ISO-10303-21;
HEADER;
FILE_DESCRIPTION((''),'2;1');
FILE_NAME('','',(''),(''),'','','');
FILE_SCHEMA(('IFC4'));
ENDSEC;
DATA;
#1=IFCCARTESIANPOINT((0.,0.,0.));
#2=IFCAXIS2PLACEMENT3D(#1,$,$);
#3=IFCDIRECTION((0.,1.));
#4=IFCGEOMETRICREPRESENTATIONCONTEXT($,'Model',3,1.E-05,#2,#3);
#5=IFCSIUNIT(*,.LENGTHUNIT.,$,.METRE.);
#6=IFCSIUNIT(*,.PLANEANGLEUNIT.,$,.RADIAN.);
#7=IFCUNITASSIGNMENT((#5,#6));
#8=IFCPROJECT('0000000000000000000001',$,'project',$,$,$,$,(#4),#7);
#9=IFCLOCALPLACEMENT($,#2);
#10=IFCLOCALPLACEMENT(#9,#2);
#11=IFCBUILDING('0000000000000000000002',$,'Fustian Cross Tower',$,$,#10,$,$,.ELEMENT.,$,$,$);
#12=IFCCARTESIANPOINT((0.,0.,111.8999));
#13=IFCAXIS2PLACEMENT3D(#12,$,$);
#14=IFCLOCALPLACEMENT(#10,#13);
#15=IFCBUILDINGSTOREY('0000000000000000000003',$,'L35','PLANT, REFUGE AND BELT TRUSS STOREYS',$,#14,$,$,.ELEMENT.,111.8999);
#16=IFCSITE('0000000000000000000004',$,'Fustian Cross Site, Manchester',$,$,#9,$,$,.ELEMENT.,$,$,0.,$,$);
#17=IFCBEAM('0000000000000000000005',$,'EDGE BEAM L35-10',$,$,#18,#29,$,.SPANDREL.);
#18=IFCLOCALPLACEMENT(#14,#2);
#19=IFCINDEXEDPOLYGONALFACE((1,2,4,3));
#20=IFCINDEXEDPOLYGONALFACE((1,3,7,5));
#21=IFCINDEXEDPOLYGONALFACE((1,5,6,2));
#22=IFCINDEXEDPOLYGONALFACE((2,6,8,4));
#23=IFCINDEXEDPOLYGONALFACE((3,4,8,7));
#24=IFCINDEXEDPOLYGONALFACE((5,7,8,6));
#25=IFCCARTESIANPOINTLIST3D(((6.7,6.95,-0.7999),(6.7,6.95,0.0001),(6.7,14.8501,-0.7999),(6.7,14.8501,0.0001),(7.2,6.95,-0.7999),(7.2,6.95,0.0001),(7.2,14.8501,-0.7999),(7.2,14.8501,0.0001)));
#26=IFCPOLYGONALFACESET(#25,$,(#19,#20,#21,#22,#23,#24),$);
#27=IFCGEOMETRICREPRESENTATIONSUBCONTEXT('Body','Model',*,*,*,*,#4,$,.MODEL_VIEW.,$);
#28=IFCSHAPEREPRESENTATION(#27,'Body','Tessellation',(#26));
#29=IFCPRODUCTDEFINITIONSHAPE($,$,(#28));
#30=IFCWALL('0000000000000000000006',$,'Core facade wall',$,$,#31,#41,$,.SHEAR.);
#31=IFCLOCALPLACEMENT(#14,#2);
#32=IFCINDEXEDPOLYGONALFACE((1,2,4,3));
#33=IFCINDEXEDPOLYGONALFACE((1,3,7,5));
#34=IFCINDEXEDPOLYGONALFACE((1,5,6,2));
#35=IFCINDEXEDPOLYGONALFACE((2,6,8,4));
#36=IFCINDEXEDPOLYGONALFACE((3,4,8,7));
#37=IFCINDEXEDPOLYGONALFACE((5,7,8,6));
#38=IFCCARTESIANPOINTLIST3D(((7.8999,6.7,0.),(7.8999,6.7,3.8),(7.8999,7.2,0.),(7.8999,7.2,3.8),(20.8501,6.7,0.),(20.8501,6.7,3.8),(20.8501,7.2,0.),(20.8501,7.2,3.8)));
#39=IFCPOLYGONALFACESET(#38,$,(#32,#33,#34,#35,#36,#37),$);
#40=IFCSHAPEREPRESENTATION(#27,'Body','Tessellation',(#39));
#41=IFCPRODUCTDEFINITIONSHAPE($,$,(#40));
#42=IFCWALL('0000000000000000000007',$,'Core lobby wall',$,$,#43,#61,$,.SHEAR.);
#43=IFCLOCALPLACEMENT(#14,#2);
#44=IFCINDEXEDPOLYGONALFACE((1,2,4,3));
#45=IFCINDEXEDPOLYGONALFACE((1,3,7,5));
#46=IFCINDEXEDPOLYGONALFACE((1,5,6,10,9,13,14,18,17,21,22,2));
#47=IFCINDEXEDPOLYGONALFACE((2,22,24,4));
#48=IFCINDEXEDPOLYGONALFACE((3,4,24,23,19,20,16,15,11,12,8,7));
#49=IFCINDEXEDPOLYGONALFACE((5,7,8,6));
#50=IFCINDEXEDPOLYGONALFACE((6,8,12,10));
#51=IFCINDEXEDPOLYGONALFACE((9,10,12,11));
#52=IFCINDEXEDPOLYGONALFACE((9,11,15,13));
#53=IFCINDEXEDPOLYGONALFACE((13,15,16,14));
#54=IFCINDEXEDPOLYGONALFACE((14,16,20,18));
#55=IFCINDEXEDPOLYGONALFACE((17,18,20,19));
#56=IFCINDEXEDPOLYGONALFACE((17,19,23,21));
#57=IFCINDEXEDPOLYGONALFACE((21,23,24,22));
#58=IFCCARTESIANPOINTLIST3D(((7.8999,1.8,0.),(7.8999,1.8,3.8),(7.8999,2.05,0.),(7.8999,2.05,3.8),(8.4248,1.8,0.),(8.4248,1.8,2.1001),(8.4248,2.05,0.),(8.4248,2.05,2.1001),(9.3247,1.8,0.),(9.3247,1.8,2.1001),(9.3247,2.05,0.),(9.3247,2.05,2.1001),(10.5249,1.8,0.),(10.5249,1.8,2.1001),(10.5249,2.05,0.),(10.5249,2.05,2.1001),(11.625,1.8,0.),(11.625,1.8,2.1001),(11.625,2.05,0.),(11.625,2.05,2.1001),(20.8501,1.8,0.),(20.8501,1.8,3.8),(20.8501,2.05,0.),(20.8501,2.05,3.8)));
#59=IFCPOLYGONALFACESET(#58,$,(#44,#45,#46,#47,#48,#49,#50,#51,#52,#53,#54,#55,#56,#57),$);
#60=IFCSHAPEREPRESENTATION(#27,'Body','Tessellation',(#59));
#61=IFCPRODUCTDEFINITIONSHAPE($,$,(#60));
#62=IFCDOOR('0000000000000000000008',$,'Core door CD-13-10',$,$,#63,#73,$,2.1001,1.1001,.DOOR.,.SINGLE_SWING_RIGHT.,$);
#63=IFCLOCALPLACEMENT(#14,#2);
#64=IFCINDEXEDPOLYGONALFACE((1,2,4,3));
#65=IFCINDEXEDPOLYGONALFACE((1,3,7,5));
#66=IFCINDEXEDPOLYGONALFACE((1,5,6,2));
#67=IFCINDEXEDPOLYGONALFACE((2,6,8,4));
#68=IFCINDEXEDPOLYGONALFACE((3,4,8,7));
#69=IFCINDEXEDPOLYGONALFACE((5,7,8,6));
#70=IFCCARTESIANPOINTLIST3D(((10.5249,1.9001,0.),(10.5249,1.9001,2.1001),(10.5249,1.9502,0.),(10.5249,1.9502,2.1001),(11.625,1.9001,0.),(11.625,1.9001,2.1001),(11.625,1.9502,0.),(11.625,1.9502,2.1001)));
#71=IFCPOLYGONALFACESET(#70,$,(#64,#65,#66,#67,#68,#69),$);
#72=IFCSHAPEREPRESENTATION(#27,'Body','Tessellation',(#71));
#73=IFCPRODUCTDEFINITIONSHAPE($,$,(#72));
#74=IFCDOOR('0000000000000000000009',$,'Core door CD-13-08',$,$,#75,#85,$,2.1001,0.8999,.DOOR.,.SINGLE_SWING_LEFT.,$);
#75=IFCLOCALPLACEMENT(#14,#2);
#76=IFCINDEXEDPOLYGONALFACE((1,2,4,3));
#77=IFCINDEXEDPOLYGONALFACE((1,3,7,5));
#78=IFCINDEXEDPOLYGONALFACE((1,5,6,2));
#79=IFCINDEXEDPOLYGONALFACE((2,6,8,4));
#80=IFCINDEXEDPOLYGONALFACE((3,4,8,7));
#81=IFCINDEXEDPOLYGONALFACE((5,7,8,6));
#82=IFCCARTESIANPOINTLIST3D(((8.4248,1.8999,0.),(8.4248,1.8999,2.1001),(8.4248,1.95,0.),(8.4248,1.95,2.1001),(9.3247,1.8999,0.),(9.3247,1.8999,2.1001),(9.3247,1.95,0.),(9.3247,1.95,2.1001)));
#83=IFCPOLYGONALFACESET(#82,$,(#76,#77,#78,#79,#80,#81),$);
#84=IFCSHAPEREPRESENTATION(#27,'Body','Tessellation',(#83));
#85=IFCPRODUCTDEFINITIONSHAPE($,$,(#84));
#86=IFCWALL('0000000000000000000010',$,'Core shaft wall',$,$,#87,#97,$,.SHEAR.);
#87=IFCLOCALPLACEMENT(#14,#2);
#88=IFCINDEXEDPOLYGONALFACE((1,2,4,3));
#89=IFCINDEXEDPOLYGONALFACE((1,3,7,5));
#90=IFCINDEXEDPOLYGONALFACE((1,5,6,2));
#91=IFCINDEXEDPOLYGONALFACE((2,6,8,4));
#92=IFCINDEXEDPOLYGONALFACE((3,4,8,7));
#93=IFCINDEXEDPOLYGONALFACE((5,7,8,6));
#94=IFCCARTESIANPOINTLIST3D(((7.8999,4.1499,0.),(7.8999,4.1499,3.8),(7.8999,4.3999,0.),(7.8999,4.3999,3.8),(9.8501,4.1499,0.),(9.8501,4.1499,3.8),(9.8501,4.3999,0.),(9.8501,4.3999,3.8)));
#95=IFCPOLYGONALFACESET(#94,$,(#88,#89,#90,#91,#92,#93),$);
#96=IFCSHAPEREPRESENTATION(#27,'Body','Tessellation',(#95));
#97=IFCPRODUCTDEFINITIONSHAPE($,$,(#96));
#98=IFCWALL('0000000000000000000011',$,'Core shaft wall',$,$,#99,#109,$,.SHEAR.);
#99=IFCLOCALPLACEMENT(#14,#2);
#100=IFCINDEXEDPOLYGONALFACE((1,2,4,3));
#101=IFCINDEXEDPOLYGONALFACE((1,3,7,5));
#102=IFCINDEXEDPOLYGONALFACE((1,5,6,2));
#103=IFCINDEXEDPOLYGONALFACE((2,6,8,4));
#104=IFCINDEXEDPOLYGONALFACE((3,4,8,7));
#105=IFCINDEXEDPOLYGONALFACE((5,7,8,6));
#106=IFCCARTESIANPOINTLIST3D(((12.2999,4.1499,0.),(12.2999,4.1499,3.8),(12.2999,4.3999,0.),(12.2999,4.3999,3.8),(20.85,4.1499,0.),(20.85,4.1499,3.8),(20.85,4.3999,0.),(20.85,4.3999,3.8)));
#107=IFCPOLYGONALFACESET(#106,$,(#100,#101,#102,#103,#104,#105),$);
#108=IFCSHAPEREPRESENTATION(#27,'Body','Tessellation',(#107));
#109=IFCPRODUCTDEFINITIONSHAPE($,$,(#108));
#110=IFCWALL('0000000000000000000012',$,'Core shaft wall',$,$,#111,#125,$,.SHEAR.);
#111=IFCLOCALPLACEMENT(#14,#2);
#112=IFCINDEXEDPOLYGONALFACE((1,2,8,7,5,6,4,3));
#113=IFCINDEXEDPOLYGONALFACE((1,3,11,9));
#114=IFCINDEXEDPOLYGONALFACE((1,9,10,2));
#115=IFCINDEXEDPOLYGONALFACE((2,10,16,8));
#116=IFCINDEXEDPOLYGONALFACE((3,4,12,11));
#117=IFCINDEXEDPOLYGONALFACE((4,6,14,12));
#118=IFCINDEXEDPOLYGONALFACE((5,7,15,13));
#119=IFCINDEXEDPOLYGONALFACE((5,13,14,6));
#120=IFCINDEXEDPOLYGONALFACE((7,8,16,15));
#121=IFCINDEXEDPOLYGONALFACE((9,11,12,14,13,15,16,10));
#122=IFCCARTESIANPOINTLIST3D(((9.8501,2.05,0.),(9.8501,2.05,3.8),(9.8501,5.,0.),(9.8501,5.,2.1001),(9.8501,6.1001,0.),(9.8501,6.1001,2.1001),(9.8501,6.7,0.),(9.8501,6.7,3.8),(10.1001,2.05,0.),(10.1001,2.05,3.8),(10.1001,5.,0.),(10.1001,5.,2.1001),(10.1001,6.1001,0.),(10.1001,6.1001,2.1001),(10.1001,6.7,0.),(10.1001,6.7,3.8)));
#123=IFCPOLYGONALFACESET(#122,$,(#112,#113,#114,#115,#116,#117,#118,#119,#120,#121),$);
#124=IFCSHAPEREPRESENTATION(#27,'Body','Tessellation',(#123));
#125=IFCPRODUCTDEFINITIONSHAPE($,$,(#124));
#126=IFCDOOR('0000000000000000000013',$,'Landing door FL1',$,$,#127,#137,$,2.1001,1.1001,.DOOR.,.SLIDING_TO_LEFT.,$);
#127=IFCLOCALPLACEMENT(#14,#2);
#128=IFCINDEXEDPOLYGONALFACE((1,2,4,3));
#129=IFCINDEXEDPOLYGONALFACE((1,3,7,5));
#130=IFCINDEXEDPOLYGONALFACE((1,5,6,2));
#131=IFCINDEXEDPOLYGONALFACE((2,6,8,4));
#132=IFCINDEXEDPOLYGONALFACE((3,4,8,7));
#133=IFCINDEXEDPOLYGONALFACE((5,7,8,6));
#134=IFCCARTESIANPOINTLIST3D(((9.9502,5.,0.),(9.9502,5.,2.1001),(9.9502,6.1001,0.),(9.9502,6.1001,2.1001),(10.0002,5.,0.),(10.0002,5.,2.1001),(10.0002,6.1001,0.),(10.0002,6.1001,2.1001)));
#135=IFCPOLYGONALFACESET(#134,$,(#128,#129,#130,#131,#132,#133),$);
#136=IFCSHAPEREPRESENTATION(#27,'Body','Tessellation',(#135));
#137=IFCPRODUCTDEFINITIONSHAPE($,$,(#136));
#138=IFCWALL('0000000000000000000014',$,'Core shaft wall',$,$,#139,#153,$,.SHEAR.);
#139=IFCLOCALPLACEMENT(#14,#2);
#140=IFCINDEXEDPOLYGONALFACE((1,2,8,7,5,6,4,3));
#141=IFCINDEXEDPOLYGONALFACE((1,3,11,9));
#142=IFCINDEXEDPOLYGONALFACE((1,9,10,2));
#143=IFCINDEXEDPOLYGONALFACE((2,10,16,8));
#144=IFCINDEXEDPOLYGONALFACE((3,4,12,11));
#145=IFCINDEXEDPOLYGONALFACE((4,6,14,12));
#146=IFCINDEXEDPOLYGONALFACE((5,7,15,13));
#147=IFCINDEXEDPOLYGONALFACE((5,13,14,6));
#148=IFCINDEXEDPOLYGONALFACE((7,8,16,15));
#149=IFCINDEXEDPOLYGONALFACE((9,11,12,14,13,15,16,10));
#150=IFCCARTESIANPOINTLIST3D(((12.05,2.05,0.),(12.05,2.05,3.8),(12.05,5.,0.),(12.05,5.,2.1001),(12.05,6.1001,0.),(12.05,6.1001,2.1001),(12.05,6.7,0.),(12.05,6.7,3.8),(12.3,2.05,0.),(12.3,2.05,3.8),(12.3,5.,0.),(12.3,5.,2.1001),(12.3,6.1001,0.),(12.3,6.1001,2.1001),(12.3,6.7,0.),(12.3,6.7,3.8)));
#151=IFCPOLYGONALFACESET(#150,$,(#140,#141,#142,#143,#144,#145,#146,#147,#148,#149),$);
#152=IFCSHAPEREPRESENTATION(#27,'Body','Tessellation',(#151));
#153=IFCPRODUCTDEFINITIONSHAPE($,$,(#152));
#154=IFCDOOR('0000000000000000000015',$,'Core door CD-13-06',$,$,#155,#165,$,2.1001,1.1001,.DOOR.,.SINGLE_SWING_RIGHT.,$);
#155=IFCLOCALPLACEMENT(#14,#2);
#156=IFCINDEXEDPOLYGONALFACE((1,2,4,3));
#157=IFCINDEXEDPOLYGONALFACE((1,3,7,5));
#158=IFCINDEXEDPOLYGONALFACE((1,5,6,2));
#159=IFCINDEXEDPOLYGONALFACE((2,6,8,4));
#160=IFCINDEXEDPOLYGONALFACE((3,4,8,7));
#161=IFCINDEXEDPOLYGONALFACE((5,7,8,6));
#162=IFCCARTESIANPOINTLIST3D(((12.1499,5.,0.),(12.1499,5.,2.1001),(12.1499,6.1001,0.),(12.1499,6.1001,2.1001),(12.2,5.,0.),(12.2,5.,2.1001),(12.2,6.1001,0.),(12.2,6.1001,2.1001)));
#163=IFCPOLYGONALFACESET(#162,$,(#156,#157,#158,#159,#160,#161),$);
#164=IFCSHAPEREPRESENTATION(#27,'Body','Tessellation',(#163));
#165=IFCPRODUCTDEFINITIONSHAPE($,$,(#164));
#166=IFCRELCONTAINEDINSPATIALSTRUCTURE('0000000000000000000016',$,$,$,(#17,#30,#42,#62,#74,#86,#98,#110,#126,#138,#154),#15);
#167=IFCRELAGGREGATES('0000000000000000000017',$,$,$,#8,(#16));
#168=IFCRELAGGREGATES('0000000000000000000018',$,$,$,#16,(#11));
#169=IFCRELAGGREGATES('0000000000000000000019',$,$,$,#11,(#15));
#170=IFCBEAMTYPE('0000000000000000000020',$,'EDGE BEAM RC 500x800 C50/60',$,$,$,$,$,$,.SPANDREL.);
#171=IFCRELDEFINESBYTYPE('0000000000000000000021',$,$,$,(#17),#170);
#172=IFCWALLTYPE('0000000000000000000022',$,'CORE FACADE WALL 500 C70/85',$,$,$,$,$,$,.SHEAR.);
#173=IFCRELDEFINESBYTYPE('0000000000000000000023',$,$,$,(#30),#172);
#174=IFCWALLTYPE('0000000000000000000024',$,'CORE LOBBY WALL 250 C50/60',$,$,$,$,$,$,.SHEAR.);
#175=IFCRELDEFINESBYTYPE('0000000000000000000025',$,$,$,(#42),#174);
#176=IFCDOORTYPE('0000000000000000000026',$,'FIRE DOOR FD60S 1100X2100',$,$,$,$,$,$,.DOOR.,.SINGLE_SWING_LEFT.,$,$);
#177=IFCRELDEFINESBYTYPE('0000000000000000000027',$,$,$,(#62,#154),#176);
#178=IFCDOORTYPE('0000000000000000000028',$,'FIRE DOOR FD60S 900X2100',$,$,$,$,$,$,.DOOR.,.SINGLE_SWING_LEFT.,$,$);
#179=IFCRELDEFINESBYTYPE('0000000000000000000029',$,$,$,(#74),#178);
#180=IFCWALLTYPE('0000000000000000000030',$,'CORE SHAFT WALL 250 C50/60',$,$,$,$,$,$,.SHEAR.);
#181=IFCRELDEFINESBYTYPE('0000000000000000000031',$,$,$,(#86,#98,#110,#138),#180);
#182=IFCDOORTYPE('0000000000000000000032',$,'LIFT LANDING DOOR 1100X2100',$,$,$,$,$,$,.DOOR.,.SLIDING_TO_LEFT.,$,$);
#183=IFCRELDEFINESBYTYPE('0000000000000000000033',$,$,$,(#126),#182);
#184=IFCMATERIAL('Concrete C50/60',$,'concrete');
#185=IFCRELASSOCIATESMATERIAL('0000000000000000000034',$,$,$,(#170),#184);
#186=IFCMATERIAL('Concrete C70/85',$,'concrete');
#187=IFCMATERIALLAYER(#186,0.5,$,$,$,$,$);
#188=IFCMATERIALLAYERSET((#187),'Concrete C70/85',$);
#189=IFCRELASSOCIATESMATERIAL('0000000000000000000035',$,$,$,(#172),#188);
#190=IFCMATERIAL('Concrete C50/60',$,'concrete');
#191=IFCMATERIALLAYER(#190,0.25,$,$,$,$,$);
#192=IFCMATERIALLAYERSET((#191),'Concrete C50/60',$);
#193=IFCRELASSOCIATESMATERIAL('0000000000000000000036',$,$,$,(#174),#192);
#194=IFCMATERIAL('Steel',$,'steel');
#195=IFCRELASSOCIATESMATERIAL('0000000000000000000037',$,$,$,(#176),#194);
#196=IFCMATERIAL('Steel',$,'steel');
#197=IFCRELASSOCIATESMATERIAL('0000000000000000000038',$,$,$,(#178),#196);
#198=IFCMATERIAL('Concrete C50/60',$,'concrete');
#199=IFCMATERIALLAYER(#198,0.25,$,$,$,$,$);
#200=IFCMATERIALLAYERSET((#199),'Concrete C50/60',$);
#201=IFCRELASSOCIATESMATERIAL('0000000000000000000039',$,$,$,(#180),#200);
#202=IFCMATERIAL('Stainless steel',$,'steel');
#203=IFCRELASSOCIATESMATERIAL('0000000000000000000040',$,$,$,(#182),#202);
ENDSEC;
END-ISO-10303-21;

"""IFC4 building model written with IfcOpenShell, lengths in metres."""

from ifc_helpers import new_model, si_unit, direction, frame, frame_2d, origin, origin_2d, place, context, subcontext, project, spatial, rectangle, extrude, material, layer, layer_set, material_profile, profile_set, type_object, element, fill, save


model = new_model("IFC4")

# Units and contexts
model_context = context("Model", 3, precision=1e-05, world=origin(), true_north=direction((0.0, 1.0)))
body_context = subcontext(model_context, "Body", "Model", "MODEL_VIEW")
ifc_project = project(units=[si_unit("LENGTHUNIT", "METRE"), si_unit("PLANEANGLEUNIT", "RADIAN")], contexts=[model_context])

# Site, building, storey
site_placement = place(None, origin())
site = spatial("IfcSite", under=ifc_project, at=site_placement, Name="Fustian Cross Site, Manchester", CompositionType="ELEMENT", RefElevation=0.0)
building_placement = place(site_placement, origin())
building = spatial("IfcBuilding", under=site, at=building_placement, Name="Fustian Cross Tower", CompositionType="ELEMENT")
storey_placement = place(building_placement, frame((0.0, 0.0, 111.8999)))
storey = spatial("IfcBuildingStorey", under=building, at=storey_placement, Name="L35", Description="PLANT, REFUGE AND BELT TRUSS STOREYS", CompositionType="ELEMENT", Elevation=111.8999)

# Beam
ifc_material_1 = material(Name="Concrete C50/60", Category="concrete")
ifc_material_profile_1 = material_profile(ifc_material_1, rectangle(XDim=0.5, YDim=0.8, at=origin_2d()), Name="RC 500x800")
ifc_profile_set_1 = profile_set([ifc_material_profile_1], Name="Concrete C50/60")
beam_type = type_object("IfcBeamType", Name="EDGE BEAM RC 500x800 C50/60", PredefinedType="SPANDREL", material=ifc_profile_set_1)
beam_placement = place(storey_placement, frame((6.95, 6.95, -0.3999), z_axis=(0.0, 1.0, 0.0), x_axis=(-1.0, 0.0, 0.0)))
element("IfcBeam", 1, at=beam_placement, inside=storey, type_object=beam_type, Name="EDGE BEAM L35-10", PredefinedType="SPANDREL", context=body_context, shape_type="SweptSolid", body=[
    extrude(rectangle(XDim=0.5, YDim=0.8, at=origin_2d()), origin(), (0.0, 0.0, 1.0), 7.9001),
])

# Wall
ifc_material_2 = material(Name="Concrete C70/85", Category="concrete")
ifc_layer_1 = layer(ifc_material_2, 0.5)
ifc_layer_set_1 = layer_set([ifc_layer_1], Name="Concrete C70/85")
wall_type_1 = type_object("IfcWallType", Name="CORE FACADE WALL 500 C70/85", PredefinedType="SHEAR", material=ifc_layer_set_1)
wall_1_placement = place(storey_placement, frame((7.8999, 6.95, 0.0), z_axis=(0.0, 0.0, 1.0), x_axis=(1.0, 0.0, 0.0)))
element("IfcWall", 2, at=wall_1_placement, inside=storey, type_object=wall_type_1, Name="Core facade wall", PredefinedType="SHEAR", context=body_context, shape_type="SweptSolid", body=[
    extrude(rectangle(XDim=12.9502, YDim=0.5, at=frame_2d((6.4751, 0.0))), origin(), (0.0, 0.0, 1.0), 3.8),
])

# Wall, openings, doors
ifc_material_3 = material(Name="Concrete C50/60", Category="concrete")
ifc_layer_2 = layer(ifc_material_3, 0.25)
ifc_layer_set_2 = layer_set([ifc_layer_2], Name="Concrete C50/60")
wall_type_2 = type_object("IfcWallType", Name="CORE LOBBY WALL 250 C50/60", PredefinedType="SHEAR", material=ifc_layer_set_2)
wall_2_placement = place(storey_placement, frame((7.8999, 1.925, 0.0), z_axis=(0.0, 0.0, 1.0), x_axis=(1.0, 0.0, 0.0)))
wall_2 = element("IfcWall", 3, at=wall_2_placement, inside=storey, type_object=wall_type_2, Name="Core lobby wall", PredefinedType="SHEAR", context=body_context, shape_type="SweptSolid", body=[
    extrude(rectangle(XDim=12.9502, YDim=0.25, at=frame_2d((6.4751, 0.0))), origin(), (0.0, 0.0, 1.0), 3.8),
])
opening_1_placement = place(wall_2_placement, frame((0.5249, 0.0, 0.0)))
opening_1 = element("IfcOpeningElement", 4, at=opening_1_placement, cuts=wall_2, PredefinedType="OPENING", context=body_context, shape_type="SweptSolid", body=[
    extrude(rectangle(XDim=0.8999, YDim=2.1001, at=frame_2d((0.45, 1.05))), frame((0.0, 0.135, 0.0), z_axis=(0.0, -1.0, 0.0), x_axis=(1.0, 0.0, 0.0)), (0.0, 0.0, 1.0), 0.27),
])
opening_2_placement = place(wall_2_placement, frame((2.625, 0.0, 0.0)))
opening_2 = element("IfcOpeningElement", 5, at=opening_2_placement, cuts=wall_2, PredefinedType="OPENING", context=body_context, shape_type="SweptSolid", body=[
    extrude(rectangle(XDim=1.1001, YDim=2.1001, at=frame_2d((0.55, 1.05))), frame((0.0, 0.135, 0.0), z_axis=(0.0, -1.0, 0.0), x_axis=(1.0, 0.0, 0.0)), (0.0, 0.0, 1.0), 0.27),
])
ifc_material_4 = material(Name="Steel", Category="steel")
door_type_1 = type_object("IfcDoorType", Name="FIRE DOOR FD60S 1100X2100", OperationType="SINGLE_SWING_LEFT", PredefinedType="DOOR", material=ifc_material_4)
door_1_placement = place(opening_2_placement, frame((1.1001, 0.0, 0.0), z_axis=(0.0, 0.0, 1.0), x_axis=(-1.0, 0.0, 0.0)))
door_1 = element("IfcDoor", 6, at=door_1_placement, inside=storey, type_object=door_type_1, Name="Core door CD-13-10", OperationType="SINGLE_SWING_RIGHT", OverallHeight=2.1001, OverallWidth=1.1001, PredefinedType="DOOR", context=body_context, shape_type="SweptSolid", body=[
    extrude(rectangle(XDim=1.1001, YDim=2.1001, at=frame_2d((0.55, 1.05))), frame((0.0, 0.0249, 0.0), z_axis=(0.0, -1.0, 0.0), x_axis=(1.0, 0.0, 0.0)), (0.0, 0.0, 1.0), 0.05),
])
fill(opening_2, door_1)
ifc_material_5 = material(Name="Steel", Category="steel")
door_type_2 = type_object("IfcDoorType", Name="FIRE DOOR FD60S 900X2100", OperationType="SINGLE_SWING_LEFT", PredefinedType="DOOR", material=ifc_material_5)
door_2_placement = place(opening_1_placement, origin())
door_2 = element("IfcDoor", 7, at=door_2_placement, inside=storey, type_object=door_type_2, Name="Core door CD-13-08", OperationType="SINGLE_SWING_LEFT", OverallHeight=2.1001, OverallWidth=0.8999, PredefinedType="DOOR", context=body_context, shape_type="SweptSolid", body=[
    extrude(rectangle(XDim=0.8999, YDim=2.1001, at=frame_2d((0.45, 1.05))), frame((0.0, 0.0249, 0.0), z_axis=(0.0, -1.0, 0.0), x_axis=(1.0, 0.0, 0.0)), (0.0, 0.0, 1.0), 0.05),
])
fill(opening_1, door_2)

# Walls
ifc_material_6 = material(Name="Concrete C50/60", Category="concrete")
ifc_layer_3 = layer(ifc_material_6, 0.25)
ifc_layer_set_3 = layer_set([ifc_layer_3], Name="Concrete C50/60")
wall_type_3 = type_object("IfcWallType", Name="CORE SHAFT WALL 250 C50/60", PredefinedType="SHEAR", material=ifc_layer_set_3)
wall_3_placement = place(storey_placement, frame((7.8999, 4.2749, 0.0), z_axis=(0.0, 0.0, 1.0), x_axis=(1.0, 0.0, 0.0)))
element("IfcWall", 8, at=wall_3_placement, inside=storey, type_object=wall_type_3, Name="Core shaft wall", PredefinedType="SHEAR", context=body_context, shape_type="SweptSolid", body=[
    extrude(rectangle(XDim=1.9502, YDim=0.25, at=frame_2d((0.9751, 0.0))), origin(), (0.0, 0.0, 1.0), 3.8),
])
wall_4_placement = place(storey_placement, frame((12.3, 4.2749, 0.0), z_axis=(0.0, 0.0, 1.0), x_axis=(1.0, 0.0, 0.0)))
element("IfcWall", 9, at=wall_4_placement, inside=storey, type_object=wall_type_3, Name="Core shaft wall", PredefinedType="SHEAR", context=body_context, shape_type="SweptSolid", body=[
    extrude(rectangle(XDim=8.55, YDim=0.25, at=frame_2d((4.2749, 0.0))), origin(), (0.0, 0.0, 1.0), 3.8),
])

# Walls, openings, doors
wall_5_placement = place(storey_placement, frame((9.9751, 2.05, 0.0), z_axis=(0.0, 0.0, 1.0), x_axis=(0.0, 1.0, 0.0)))
wall_5 = element("IfcWall", 10, at=wall_5_placement, inside=storey, type_object=wall_type_3, Name="Core shaft wall", PredefinedType="SHEAR", context=body_context, shape_type="SweptSolid", body=[
    extrude(rectangle(XDim=4.6499, YDim=0.25, at=frame_2d((2.325, 0.0))), origin(), (0.0, 0.0, 1.0), 3.8),
])
opening_3_placement = place(wall_5_placement, frame((2.95, 0.0, 0.0)))
opening_3 = element("IfcOpeningElement", 11, at=opening_3_placement, cuts=wall_5, PredefinedType="OPENING", context=body_context, shape_type="SweptSolid", body=[
    extrude(rectangle(XDim=1.1001, YDim=2.1001, at=frame_2d((0.55, 1.05))), frame((0.0, 0.135, 0.0), z_axis=(0.0, -1.0, 0.0), x_axis=(1.0, 0.0, 0.0)), (0.0, 0.0, 1.0), 0.27),
])
ifc_material_7 = material(Name="Stainless steel", Category="steel")
door_type_3 = type_object("IfcDoorType", Name="LIFT LANDING DOOR 1100X2100", OperationType="SLIDING_TO_LEFT", PredefinedType="DOOR", material=ifc_material_7)
door_3_placement = place(opening_3_placement, origin())
door_3 = element("IfcDoor", 12, at=door_3_placement, inside=storey, type_object=door_type_3, Name="Landing door FL1", OperationType="SLIDING_TO_LEFT", OverallHeight=2.1001, OverallWidth=1.1001, PredefinedType="DOOR", context=body_context, shape_type="SweptSolid", body=[
    extrude(rectangle(XDim=1.1001, YDim=2.1001, at=frame_2d((0.55, 1.05))), frame((0.0, 0.0249, 0.0), z_axis=(0.0, -1.0, 0.0), x_axis=(1.0, 0.0, 0.0)), (0.0, 0.0, 1.0), 0.05),
])
fill(opening_3, door_3)
wall_6_placement = place(storey_placement, frame((12.175, 2.05, 0.0), z_axis=(0.0, 0.0, 1.0), x_axis=(0.0, 1.0, 0.0)))
wall_6 = element("IfcWall", 13, at=wall_6_placement, inside=storey, type_object=wall_type_3, Name="Core shaft wall", PredefinedType="SHEAR", context=body_context, shape_type="SweptSolid", body=[
    extrude(rectangle(XDim=4.6499, YDim=0.25, at=frame_2d((2.325, 0.0))), origin(), (0.0, 0.0, 1.0), 3.8),
])
opening_4_placement = place(wall_6_placement, frame((2.95, 0.0, 0.0)))
opening_4 = element("IfcOpeningElement", 14, at=opening_4_placement, cuts=wall_6, PredefinedType="OPENING", context=body_context, shape_type="SweptSolid", body=[
    extrude(rectangle(XDim=1.1001, YDim=2.1001, at=frame_2d((0.55, 1.05))), frame((0.0, 0.135, 0.0), z_axis=(0.0, -1.0, 0.0), x_axis=(1.0, 0.0, 0.0)), (0.0, 0.0, 1.0), 0.27),
])
door_4_placement = place(opening_4_placement, frame((1.1001, 0.0, 0.0), z_axis=(0.0, 0.0, 1.0), x_axis=(-1.0, 0.0, 0.0)))
door_4 = element("IfcDoor", 15, at=door_4_placement, inside=storey, type_object=door_type_1, Name="Core door CD-13-06", OperationType="SINGLE_SWING_RIGHT", OverallHeight=2.1001, OverallWidth=1.1001, PredefinedType="DOOR", context=body_context, shape_type="SweptSolid", body=[
    extrude(rectangle(XDim=1.1001, YDim=2.1001, at=frame_2d((0.55, 1.05))), frame((0.0, 0.0249, 0.0), z_axis=(0.0, -1.0, 0.0), x_axis=(1.0, 0.0, 0.0)), (0.0, 0.0, 1.0), 0.05),
])
fill(opening_4, door_4)

save(model, "model.ifc")
